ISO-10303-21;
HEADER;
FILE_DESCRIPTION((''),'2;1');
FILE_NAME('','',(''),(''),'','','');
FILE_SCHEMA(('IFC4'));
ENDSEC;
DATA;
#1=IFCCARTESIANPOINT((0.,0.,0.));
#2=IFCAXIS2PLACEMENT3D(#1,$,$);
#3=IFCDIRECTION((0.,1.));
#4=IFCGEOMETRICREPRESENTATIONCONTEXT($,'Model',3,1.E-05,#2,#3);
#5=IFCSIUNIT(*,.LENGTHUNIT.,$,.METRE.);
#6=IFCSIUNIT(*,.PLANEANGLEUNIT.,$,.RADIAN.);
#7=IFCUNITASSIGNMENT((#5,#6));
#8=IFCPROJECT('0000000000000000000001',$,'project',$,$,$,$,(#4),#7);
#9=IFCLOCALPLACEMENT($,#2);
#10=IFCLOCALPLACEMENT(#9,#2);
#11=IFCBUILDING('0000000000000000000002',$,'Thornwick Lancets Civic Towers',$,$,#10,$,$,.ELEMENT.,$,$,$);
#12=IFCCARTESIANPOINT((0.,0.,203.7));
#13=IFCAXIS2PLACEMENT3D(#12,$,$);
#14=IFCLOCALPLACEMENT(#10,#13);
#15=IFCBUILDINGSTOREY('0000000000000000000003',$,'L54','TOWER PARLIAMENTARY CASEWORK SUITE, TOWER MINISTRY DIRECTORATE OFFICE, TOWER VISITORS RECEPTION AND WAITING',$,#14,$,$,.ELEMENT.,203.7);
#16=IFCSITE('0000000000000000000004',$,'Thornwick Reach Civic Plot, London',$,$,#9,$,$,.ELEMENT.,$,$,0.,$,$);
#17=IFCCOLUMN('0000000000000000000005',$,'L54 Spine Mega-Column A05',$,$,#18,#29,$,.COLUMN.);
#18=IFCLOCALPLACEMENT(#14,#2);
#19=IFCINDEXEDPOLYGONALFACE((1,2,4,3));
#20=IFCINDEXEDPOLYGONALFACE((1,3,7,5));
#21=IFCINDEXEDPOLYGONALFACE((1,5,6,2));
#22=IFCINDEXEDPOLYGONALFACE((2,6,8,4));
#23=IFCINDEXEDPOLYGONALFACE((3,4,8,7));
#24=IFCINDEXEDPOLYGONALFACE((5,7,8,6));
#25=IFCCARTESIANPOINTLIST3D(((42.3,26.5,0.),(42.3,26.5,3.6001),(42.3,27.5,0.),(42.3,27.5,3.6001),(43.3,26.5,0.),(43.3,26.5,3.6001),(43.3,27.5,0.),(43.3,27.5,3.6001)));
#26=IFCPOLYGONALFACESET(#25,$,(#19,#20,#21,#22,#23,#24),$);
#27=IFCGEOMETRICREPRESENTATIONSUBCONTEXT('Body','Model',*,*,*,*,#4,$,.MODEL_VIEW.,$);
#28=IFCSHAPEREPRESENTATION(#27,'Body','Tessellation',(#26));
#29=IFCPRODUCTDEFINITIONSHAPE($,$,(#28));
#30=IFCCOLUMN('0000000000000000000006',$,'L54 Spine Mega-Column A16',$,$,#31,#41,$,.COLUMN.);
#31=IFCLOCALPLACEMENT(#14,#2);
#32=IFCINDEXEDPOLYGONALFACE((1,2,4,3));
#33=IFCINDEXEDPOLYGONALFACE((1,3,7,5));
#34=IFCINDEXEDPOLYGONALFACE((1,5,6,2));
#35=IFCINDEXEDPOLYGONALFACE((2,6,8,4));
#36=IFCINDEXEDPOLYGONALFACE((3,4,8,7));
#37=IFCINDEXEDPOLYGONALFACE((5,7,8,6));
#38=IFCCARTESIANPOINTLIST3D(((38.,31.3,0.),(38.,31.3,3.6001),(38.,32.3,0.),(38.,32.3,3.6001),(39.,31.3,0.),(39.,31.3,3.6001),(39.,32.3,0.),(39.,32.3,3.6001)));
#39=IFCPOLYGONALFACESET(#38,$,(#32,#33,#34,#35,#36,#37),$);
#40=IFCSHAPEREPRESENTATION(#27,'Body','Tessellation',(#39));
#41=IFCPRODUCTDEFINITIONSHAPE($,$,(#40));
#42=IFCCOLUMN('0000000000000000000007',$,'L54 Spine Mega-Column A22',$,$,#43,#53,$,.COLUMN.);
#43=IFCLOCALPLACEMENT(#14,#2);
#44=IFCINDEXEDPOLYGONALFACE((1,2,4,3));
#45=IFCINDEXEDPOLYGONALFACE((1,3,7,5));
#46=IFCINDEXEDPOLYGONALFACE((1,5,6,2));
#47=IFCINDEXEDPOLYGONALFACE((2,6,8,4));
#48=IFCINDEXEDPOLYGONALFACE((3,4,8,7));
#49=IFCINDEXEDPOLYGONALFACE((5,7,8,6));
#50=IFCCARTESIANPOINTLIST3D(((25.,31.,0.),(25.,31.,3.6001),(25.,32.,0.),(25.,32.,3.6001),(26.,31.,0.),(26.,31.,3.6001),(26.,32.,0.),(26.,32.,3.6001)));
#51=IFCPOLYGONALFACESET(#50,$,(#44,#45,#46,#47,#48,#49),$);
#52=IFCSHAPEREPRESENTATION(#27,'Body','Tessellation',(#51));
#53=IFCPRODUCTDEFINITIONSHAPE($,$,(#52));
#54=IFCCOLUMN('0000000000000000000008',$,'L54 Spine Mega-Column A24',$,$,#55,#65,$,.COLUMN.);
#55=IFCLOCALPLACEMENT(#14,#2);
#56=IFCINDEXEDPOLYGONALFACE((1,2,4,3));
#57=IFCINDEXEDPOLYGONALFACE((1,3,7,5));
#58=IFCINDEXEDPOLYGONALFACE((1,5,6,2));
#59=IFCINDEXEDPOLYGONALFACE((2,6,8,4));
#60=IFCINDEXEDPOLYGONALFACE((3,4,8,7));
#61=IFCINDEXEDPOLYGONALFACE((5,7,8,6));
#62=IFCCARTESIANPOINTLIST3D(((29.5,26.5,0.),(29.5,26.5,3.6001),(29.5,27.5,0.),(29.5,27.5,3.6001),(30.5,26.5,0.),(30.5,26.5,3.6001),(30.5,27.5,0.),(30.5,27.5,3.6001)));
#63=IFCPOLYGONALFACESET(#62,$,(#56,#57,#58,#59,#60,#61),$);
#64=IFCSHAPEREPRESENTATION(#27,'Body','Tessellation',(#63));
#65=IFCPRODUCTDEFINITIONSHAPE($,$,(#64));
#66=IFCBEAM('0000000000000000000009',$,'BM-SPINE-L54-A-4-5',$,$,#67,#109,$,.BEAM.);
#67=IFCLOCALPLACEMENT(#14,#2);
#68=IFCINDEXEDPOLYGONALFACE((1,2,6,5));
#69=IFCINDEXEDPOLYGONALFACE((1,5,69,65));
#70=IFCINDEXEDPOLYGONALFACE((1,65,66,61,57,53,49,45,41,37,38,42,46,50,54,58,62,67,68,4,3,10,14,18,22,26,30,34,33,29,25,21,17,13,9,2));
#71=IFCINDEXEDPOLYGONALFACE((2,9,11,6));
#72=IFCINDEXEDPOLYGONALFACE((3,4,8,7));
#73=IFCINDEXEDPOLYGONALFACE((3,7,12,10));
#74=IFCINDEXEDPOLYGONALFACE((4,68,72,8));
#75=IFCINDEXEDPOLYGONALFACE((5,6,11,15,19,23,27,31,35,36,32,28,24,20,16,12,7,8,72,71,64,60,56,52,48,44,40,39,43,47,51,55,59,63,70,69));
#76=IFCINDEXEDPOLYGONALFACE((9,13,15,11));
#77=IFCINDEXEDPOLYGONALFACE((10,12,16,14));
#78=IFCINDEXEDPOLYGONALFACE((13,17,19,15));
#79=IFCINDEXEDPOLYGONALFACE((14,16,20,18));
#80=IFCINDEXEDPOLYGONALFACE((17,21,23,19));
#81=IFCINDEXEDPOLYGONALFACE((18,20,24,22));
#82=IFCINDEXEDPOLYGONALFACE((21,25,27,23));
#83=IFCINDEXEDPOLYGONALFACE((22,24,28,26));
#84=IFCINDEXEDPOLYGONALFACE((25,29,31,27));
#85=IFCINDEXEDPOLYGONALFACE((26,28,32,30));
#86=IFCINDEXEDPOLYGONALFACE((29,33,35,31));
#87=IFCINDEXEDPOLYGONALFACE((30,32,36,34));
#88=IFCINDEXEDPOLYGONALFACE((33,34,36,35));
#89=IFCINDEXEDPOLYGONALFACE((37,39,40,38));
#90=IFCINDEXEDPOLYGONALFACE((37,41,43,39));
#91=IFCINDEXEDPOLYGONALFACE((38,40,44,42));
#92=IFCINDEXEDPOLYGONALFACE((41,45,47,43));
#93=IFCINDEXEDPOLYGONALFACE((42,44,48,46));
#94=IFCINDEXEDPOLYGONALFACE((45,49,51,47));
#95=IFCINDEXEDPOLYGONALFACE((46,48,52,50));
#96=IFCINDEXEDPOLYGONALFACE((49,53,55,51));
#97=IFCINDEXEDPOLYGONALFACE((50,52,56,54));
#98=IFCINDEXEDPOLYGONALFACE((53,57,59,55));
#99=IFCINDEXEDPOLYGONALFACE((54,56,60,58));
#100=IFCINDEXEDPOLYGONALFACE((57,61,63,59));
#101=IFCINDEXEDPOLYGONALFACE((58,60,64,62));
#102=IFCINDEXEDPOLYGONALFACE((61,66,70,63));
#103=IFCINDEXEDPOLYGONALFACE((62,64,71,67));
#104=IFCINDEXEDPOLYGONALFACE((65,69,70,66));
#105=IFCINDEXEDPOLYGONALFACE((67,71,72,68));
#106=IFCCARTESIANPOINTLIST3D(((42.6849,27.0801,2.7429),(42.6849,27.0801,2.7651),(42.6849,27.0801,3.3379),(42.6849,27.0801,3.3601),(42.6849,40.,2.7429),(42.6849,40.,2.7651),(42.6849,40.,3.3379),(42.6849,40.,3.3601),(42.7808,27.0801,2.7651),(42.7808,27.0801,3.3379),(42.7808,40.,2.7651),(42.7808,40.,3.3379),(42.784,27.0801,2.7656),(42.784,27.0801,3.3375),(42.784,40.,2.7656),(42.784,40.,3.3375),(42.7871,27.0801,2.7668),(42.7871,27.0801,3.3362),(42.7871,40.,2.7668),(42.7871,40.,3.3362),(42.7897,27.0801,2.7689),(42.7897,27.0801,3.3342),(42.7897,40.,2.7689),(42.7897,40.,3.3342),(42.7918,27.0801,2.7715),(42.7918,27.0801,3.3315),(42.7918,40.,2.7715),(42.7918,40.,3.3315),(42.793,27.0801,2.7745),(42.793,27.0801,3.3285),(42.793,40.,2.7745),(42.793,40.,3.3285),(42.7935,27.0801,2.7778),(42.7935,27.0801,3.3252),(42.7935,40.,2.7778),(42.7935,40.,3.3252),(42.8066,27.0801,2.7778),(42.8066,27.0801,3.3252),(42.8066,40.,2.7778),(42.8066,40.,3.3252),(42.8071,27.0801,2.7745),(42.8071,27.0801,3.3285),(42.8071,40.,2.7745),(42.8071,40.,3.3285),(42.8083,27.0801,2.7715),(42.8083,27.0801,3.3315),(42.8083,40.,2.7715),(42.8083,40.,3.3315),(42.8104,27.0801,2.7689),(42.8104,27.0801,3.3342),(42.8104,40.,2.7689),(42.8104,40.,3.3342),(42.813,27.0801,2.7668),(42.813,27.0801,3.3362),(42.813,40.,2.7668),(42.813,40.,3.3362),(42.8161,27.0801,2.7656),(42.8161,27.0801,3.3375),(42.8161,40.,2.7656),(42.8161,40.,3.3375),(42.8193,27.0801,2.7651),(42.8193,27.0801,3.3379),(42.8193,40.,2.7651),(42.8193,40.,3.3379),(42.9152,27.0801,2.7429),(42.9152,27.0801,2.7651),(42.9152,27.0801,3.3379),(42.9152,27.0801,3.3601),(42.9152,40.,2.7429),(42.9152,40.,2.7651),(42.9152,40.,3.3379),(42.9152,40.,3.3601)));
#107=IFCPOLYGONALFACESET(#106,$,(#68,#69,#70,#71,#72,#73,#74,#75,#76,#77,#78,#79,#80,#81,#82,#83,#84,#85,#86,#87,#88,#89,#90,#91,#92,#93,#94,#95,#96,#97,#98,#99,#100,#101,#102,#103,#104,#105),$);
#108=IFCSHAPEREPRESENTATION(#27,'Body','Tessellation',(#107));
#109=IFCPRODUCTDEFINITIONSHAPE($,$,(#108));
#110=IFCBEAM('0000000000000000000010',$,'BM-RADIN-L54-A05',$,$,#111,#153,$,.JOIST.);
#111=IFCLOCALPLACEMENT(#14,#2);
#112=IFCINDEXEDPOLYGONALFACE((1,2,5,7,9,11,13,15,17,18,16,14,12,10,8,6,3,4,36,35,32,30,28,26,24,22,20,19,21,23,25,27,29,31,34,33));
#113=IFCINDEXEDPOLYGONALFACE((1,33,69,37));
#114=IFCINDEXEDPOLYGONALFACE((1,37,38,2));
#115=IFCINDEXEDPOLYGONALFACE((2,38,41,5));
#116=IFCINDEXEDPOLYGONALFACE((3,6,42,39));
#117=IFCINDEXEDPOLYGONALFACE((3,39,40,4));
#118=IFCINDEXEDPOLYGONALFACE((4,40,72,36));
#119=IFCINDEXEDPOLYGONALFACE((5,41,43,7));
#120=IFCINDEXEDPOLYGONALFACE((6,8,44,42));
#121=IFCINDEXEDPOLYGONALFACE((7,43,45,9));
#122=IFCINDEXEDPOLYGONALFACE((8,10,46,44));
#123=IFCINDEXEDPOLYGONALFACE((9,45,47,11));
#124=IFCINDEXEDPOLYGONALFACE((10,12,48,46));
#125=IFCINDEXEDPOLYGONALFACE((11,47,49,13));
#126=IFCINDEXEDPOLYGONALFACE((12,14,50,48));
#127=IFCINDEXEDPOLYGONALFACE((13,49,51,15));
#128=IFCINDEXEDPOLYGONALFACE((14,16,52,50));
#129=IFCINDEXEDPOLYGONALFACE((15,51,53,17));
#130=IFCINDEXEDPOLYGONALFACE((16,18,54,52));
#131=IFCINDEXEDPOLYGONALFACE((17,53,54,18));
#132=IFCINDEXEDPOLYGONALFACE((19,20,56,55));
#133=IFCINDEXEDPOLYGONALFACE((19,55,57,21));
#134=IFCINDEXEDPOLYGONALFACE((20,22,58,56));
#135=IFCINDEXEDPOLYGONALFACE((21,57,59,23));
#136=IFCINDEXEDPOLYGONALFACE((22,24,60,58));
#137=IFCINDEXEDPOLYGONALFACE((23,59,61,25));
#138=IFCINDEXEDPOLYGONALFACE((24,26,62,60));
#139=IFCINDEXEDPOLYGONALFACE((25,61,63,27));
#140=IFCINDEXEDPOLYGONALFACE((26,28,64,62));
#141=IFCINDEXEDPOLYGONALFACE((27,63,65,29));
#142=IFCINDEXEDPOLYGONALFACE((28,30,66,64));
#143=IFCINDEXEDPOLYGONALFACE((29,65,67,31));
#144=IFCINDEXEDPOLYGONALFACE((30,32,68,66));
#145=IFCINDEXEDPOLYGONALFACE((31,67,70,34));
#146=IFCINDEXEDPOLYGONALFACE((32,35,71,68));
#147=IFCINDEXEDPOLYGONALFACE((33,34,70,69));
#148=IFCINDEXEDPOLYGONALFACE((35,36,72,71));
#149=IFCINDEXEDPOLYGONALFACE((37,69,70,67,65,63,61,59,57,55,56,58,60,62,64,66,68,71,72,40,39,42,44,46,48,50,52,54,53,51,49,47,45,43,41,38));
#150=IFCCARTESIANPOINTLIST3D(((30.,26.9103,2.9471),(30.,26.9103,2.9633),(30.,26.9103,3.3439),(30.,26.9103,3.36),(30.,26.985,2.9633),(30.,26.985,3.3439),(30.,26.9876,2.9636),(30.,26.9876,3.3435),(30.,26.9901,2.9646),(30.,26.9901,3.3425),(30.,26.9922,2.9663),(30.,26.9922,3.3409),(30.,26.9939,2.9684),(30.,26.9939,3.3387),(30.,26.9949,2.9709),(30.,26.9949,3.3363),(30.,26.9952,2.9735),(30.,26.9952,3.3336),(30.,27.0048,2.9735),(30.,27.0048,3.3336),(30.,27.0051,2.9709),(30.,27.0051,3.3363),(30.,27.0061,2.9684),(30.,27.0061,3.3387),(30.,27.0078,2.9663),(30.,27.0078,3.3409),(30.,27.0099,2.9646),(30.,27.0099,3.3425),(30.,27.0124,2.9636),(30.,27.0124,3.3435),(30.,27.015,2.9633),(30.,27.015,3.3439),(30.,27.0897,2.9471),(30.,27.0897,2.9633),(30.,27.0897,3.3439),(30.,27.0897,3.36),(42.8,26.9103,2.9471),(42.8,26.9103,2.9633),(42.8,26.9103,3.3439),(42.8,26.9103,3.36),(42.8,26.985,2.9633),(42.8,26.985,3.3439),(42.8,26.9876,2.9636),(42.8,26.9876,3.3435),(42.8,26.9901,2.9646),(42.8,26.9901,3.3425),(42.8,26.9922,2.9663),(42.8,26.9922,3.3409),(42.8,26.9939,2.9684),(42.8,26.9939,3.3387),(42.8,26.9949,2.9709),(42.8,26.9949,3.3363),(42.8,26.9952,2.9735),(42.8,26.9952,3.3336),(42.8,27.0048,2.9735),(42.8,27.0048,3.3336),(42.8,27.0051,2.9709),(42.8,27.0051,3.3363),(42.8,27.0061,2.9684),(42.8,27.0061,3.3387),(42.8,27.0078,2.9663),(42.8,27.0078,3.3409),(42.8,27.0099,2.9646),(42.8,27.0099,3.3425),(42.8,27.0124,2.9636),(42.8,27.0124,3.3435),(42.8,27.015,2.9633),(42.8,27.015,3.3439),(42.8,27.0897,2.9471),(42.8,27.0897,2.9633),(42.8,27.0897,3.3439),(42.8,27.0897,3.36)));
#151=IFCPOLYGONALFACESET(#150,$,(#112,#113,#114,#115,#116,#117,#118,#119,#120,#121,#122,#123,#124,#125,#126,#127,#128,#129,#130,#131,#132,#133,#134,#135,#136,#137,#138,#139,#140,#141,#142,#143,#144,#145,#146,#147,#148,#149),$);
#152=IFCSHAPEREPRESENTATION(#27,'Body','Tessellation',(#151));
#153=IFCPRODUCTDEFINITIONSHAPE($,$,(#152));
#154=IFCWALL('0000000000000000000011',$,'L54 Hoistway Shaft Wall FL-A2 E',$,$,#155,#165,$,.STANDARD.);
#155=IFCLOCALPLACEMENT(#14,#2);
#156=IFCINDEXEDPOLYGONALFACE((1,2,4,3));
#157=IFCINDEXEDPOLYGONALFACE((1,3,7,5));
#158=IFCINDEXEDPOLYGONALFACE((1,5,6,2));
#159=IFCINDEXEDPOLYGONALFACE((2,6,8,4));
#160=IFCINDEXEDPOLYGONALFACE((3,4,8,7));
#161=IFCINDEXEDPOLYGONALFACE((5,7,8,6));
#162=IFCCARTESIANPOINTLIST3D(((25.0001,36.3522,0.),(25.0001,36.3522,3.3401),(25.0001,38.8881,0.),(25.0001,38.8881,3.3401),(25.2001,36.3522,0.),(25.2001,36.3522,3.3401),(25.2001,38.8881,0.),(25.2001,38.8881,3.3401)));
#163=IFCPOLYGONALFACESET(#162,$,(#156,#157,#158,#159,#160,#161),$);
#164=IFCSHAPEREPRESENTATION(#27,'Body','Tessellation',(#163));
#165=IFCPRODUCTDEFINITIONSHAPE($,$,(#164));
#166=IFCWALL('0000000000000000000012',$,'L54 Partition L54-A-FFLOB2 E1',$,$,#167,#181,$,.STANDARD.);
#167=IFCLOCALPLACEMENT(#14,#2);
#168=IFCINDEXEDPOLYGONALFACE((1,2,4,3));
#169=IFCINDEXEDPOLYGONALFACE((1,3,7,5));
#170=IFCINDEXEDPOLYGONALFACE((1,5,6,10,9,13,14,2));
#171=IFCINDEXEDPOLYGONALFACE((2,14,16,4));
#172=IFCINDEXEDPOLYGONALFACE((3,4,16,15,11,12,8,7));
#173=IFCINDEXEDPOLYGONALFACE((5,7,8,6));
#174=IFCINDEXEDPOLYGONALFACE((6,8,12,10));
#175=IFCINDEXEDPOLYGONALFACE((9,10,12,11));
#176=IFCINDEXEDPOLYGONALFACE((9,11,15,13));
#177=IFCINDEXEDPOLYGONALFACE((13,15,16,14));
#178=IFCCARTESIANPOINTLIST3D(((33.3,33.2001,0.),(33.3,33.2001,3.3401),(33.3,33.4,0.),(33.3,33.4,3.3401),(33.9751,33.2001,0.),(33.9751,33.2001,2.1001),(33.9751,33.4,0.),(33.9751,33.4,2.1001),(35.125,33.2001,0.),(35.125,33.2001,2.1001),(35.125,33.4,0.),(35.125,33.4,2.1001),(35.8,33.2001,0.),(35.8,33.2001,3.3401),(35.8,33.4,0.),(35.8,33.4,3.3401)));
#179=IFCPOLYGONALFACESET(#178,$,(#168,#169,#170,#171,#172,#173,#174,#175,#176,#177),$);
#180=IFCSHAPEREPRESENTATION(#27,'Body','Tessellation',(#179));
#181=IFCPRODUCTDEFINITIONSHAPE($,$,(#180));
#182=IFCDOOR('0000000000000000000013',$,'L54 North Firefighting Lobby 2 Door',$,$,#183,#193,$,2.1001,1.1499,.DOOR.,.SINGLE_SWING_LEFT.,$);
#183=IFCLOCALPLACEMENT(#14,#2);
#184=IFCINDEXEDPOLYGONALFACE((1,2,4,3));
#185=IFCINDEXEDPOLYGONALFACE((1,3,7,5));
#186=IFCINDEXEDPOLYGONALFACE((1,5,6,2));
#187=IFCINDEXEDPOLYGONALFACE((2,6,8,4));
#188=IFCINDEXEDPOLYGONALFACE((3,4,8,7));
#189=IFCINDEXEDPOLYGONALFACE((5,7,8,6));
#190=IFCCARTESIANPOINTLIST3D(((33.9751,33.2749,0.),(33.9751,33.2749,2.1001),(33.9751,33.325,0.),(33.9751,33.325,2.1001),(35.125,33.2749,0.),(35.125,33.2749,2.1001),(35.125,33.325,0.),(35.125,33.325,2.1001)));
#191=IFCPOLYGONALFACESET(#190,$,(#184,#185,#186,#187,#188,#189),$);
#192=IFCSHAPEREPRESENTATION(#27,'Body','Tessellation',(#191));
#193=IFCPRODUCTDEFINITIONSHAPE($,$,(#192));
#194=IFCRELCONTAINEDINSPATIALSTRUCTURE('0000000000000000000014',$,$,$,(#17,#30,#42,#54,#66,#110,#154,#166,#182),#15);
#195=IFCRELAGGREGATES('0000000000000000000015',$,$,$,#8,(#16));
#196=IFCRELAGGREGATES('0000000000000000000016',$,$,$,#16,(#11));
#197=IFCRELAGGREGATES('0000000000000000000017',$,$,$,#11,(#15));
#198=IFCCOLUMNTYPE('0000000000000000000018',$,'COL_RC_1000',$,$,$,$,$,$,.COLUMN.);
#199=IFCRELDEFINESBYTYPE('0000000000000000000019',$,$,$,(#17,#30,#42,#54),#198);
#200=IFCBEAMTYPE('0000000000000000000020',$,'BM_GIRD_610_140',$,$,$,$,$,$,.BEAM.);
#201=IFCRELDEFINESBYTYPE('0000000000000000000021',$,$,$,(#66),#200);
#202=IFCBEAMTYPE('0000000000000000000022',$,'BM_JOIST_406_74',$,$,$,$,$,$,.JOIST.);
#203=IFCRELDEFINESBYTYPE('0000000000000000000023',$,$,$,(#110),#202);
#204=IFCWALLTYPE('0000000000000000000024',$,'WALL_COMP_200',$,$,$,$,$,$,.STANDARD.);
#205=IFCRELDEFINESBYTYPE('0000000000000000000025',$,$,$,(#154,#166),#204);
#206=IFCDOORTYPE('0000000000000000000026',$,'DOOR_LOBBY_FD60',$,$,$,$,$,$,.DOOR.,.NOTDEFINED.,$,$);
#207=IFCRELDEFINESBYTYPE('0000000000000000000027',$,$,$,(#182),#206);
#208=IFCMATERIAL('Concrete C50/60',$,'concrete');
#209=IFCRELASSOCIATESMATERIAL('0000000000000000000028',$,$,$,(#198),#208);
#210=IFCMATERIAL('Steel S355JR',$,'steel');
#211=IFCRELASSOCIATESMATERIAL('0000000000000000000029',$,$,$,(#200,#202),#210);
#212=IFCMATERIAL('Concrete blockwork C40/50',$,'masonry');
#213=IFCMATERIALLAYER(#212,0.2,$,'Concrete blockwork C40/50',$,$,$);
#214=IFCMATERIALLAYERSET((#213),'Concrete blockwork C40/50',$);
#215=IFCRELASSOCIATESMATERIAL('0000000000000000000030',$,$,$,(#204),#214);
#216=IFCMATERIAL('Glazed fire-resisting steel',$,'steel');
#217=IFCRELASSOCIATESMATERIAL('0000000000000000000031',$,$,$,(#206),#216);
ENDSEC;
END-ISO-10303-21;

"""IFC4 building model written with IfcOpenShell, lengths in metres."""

from ifc_helpers import new_model, si_unit, direction, frame, frame_2d, origin, origin_2d, place, context, subcontext, project, spatial, rectangle, i_section, extrude, material, layer, layer_set, material_profile, profile_set, type_object, element, fill, save


model = new_model("IFC4")

# Units and contexts
model_context = context("Model", 3, precision=1e-05, world=origin(), true_north=direction((0.0, 1.0)))
body_context = subcontext(model_context, "Body", "Model", "MODEL_VIEW")
ifc_project = project(units=[si_unit("LENGTHUNIT", "METRE"), si_unit("PLANEANGLEUNIT", "RADIAN")], contexts=[model_context])

# Site, building, storey
site_placement = place(None, origin())
site = spatial("IfcSite", under=ifc_project, at=site_placement, Name="Thornwick Reach Civic Plot, London", CompositionType="ELEMENT", RefElevation=0.0)
building_placement = place(site_placement, origin())
building = spatial("IfcBuilding", under=site, at=building_placement, Name="Thornwick Lancets Civic Towers", CompositionType="ELEMENT")
storey_placement = place(building_placement, frame((0.0, 0.0, 203.7)))
storey = spatial("IfcBuildingStorey", under=building, at=storey_placement, Name="L54", Description="TOWER PARLIAMENTARY CASEWORK SUITE, TOWER MINISTRY DIRECTORATE OFFICE, TOWER VISITORS RECEPTION AND WAITING", CompositionType="ELEMENT", Elevation=203.7)

# Columns
ifc_material_1 = material(Name="Concrete C50/60", Category="concrete")
ifc_material_profile_1 = material_profile(ifc_material_1, rectangle(XDim=1.0, YDim=1.0, at=origin_2d()), Name="RC 1000x1000")
ifc_profile_set_1 = profile_set([ifc_material_profile_1], Name="Concrete C50/60")
column_type = type_object("IfcColumnType", Name="COL_RC_1000", PredefinedType="COLUMN", material=ifc_profile_set_1)
for number, where, z_axis, x_axis, name in (
    (1, (42.8, 27.0, 0.0), (0.0, 0.0, 1.0), (1.0, 0.0, 0.0), "L54 Spine Mega-Column A05"),
    (2, (38.5, 31.8, 0.0), (0.0, 0.0, 1.0), (1.0, 0.0, 0.0), "L54 Spine Mega-Column A16"),
    (3, (25.5, 31.5, 0.0), (0.0, 0.0, 1.0), (1.0, 0.0, 0.0), "L54 Spine Mega-Column A22"),
    (4, (30.0, 27.0, 0.0), (0.0, 0.0, 1.0), (1.0, 0.0, 0.0), "L54 Spine Mega-Column A24"),
):
    element("IfcColumn", number, at=place(storey_placement, frame(where, z_axis=z_axis, x_axis=x_axis)), inside=storey, type_object=column_type, Name=name, PredefinedType="COLUMN", context=body_context, shape_type="SweptSolid", body=[
        extrude(rectangle(XDim=1.0, YDim=1.0, at=origin_2d()), origin(), (0.0, 0.0, 1.0), 3.6001),
    ])

# Beams
ifc_material_2 = material(Name="Steel S355JR", Category="steel")
ifc_material_profile_2 = material_profile(ifc_material_2, i_section(OverallWidth=0.2302, OverallDepth=0.6172, WebThickness=0.0132, FlangeThickness=0.0222, FilletRadius=0.0127, at=origin_2d()), Name="UKB 610x229x140")
ifc_profile_set_2 = profile_set([ifc_material_profile_2], Name="Steel S355JR")
beam_type_1 = type_object("IfcBeamType", Name="BM_GIRD_610_140", PredefinedType="BEAM", material=ifc_profile_set_2)
beam_1_placement = place(storey_placement, frame((42.8, 27.0801, 3.0515), z_axis=(0.0, 1.0, 0.0), x_axis=(-1.0, 0.0, 0.0)))
element("IfcBeam", 5, at=beam_1_placement, inside=storey, type_object=beam_type_1, Name="BM-SPINE-L54-A-4-5", PredefinedType="BEAM", context=body_context, shape_type="SweptSolid", body=[
    extrude(i_section(OverallWidth=0.2302, OverallDepth=0.6172, WebThickness=0.0132, FlangeThickness=0.0222, FilletRadius=0.0127, at=origin_2d()), origin(), (0.0, 0.0, 1.0), 12.9199),
])
ifc_material_profile_3 = material_profile(ifc_material_2, i_section(OverallWidth=0.1794, OverallDepth=0.4128, WebThickness=0.0095, FlangeThickness=0.0161, FilletRadius=0.0103, at=origin_2d()), Name="UKB 406x178x74")
ifc_profile_set_3 = profile_set([ifc_material_profile_3], Name="Steel S355JR")
beam_type_2 = type_object("IfcBeamType", Name="BM_JOIST_406_74", PredefinedType="JOIST", material=ifc_profile_set_3)
beam_2_placement = place(storey_placement, frame((30.0, 27.0, 3.1536), z_axis=(1.0, 0.0, 0.0), x_axis=(0.0, 1.0, 0.0)))
element("IfcBeam", 6, at=beam_2_placement, inside=storey, type_object=beam_type_2, Name="BM-RADIN-L54-A05", PredefinedType="JOIST", context=body_context, shape_type="SweptSolid", body=[
    extrude(i_section(OverallWidth=0.1794, OverallDepth=0.4128, WebThickness=0.0095, FlangeThickness=0.0161, FilletRadius=0.0103, at=origin_2d()), origin(), (0.0, 0.0, 1.0), 12.8),
])

# Wall
ifc_material_3 = material(Name="Concrete blockwork C40/50", Category="masonry")
ifc_layer_1 = layer(ifc_material_3, 0.2, Name="Concrete blockwork C40/50")
ifc_layer_set_1 = layer_set([ifc_layer_1], Name="Concrete blockwork C40/50")
wall_type_1 = type_object("IfcWallType", Name="WALL_COMP_200", PredefinedType="STANDARD", material=ifc_layer_set_1)
wall_1_placement = place(storey_placement, frame((25.1001, 36.3521, 0.0), z_axis=(0.0, 0.0, 1.0), x_axis=(0.0, 1.0, 0.0)))
element("IfcWall", 7, at=wall_1_placement, inside=storey, type_object=wall_type_1, Name="L54 Hoistway Shaft Wall FL-A2 E", PredefinedType="STANDARD", context=body_context, shape_type="SweptSolid", body=[
    extrude(rectangle(XDim=2.5359, YDim=0.2, at=frame_2d((1.2681, 0.0))), origin(), (0.0, 0.0, 1.0), 3.3401),
])

# Wall, opening, door
wall_2_placement = place(storey_placement, frame((33.3, 33.3, 0.0), z_axis=(0.0, 0.0, 1.0), x_axis=(1.0, 0.0, 0.0)))
wall_2 = element("IfcWall", 8, at=wall_2_placement, inside=storey, type_object=wall_type_1, Name="L54 Partition L54-A-FFLOB2 E1", PredefinedType="STANDARD", context=body_context, shape_type="SweptSolid", body=[
    extrude(rectangle(XDim=2.5, YDim=0.2, at=frame_2d((1.25, 0.0))), origin(), (0.0, 0.0, 1.0), 3.3401),
])
opening_1_placement = place(wall_2_placement, frame((0.675, 0.0, 0.0)))
opening_1 = element("IfcOpeningElement", 9, at=opening_1_placement, cuts=wall_2, PredefinedType="OPENING", context=body_context, shape_type="SweptSolid", body=[
    extrude(rectangle(XDim=1.1499, YDim=2.1001, at=frame_2d((0.575, 1.05))), frame((0.0, 0.1099, 0.0), z_axis=(0.0, -1.0, 0.0), x_axis=(1.0, 0.0, 0.0)), (0.0, 0.0, 1.0), 0.22),
])
ifc_material_4 = material(Name="Glazed fire-resisting steel", Category="steel")
door_type_1 = type_object("IfcDoorType", Name="DOOR_LOBBY_FD60", OperationType="NOTDEFINED", PredefinedType="DOOR", material=ifc_material_4)
door_1_placement = place(opening_1_placement, origin())
door_1 = element("IfcDoor", 10, at=door_1_placement, inside=storey, type_object=door_type_1, Name="L54 North Firefighting Lobby 2 Door", OperationType="SINGLE_SWING_LEFT", OverallHeight=2.1001, OverallWidth=1.1499, PredefinedType="DOOR", context=body_context, shape_type="SweptSolid", body=[
    extrude(rectangle(XDim=1.1499, YDim=2.1001, at=frame_2d((0.575, 1.05))), frame((0.0, 0.0249, 0.0), z_axis=(0.0, -1.0, 0.0), x_axis=(1.0, 0.0, 0.0)), (0.0, 0.0, 1.0), 0.05),
])
fill(opening_1, door_1)

save(model, "model.ifc")
